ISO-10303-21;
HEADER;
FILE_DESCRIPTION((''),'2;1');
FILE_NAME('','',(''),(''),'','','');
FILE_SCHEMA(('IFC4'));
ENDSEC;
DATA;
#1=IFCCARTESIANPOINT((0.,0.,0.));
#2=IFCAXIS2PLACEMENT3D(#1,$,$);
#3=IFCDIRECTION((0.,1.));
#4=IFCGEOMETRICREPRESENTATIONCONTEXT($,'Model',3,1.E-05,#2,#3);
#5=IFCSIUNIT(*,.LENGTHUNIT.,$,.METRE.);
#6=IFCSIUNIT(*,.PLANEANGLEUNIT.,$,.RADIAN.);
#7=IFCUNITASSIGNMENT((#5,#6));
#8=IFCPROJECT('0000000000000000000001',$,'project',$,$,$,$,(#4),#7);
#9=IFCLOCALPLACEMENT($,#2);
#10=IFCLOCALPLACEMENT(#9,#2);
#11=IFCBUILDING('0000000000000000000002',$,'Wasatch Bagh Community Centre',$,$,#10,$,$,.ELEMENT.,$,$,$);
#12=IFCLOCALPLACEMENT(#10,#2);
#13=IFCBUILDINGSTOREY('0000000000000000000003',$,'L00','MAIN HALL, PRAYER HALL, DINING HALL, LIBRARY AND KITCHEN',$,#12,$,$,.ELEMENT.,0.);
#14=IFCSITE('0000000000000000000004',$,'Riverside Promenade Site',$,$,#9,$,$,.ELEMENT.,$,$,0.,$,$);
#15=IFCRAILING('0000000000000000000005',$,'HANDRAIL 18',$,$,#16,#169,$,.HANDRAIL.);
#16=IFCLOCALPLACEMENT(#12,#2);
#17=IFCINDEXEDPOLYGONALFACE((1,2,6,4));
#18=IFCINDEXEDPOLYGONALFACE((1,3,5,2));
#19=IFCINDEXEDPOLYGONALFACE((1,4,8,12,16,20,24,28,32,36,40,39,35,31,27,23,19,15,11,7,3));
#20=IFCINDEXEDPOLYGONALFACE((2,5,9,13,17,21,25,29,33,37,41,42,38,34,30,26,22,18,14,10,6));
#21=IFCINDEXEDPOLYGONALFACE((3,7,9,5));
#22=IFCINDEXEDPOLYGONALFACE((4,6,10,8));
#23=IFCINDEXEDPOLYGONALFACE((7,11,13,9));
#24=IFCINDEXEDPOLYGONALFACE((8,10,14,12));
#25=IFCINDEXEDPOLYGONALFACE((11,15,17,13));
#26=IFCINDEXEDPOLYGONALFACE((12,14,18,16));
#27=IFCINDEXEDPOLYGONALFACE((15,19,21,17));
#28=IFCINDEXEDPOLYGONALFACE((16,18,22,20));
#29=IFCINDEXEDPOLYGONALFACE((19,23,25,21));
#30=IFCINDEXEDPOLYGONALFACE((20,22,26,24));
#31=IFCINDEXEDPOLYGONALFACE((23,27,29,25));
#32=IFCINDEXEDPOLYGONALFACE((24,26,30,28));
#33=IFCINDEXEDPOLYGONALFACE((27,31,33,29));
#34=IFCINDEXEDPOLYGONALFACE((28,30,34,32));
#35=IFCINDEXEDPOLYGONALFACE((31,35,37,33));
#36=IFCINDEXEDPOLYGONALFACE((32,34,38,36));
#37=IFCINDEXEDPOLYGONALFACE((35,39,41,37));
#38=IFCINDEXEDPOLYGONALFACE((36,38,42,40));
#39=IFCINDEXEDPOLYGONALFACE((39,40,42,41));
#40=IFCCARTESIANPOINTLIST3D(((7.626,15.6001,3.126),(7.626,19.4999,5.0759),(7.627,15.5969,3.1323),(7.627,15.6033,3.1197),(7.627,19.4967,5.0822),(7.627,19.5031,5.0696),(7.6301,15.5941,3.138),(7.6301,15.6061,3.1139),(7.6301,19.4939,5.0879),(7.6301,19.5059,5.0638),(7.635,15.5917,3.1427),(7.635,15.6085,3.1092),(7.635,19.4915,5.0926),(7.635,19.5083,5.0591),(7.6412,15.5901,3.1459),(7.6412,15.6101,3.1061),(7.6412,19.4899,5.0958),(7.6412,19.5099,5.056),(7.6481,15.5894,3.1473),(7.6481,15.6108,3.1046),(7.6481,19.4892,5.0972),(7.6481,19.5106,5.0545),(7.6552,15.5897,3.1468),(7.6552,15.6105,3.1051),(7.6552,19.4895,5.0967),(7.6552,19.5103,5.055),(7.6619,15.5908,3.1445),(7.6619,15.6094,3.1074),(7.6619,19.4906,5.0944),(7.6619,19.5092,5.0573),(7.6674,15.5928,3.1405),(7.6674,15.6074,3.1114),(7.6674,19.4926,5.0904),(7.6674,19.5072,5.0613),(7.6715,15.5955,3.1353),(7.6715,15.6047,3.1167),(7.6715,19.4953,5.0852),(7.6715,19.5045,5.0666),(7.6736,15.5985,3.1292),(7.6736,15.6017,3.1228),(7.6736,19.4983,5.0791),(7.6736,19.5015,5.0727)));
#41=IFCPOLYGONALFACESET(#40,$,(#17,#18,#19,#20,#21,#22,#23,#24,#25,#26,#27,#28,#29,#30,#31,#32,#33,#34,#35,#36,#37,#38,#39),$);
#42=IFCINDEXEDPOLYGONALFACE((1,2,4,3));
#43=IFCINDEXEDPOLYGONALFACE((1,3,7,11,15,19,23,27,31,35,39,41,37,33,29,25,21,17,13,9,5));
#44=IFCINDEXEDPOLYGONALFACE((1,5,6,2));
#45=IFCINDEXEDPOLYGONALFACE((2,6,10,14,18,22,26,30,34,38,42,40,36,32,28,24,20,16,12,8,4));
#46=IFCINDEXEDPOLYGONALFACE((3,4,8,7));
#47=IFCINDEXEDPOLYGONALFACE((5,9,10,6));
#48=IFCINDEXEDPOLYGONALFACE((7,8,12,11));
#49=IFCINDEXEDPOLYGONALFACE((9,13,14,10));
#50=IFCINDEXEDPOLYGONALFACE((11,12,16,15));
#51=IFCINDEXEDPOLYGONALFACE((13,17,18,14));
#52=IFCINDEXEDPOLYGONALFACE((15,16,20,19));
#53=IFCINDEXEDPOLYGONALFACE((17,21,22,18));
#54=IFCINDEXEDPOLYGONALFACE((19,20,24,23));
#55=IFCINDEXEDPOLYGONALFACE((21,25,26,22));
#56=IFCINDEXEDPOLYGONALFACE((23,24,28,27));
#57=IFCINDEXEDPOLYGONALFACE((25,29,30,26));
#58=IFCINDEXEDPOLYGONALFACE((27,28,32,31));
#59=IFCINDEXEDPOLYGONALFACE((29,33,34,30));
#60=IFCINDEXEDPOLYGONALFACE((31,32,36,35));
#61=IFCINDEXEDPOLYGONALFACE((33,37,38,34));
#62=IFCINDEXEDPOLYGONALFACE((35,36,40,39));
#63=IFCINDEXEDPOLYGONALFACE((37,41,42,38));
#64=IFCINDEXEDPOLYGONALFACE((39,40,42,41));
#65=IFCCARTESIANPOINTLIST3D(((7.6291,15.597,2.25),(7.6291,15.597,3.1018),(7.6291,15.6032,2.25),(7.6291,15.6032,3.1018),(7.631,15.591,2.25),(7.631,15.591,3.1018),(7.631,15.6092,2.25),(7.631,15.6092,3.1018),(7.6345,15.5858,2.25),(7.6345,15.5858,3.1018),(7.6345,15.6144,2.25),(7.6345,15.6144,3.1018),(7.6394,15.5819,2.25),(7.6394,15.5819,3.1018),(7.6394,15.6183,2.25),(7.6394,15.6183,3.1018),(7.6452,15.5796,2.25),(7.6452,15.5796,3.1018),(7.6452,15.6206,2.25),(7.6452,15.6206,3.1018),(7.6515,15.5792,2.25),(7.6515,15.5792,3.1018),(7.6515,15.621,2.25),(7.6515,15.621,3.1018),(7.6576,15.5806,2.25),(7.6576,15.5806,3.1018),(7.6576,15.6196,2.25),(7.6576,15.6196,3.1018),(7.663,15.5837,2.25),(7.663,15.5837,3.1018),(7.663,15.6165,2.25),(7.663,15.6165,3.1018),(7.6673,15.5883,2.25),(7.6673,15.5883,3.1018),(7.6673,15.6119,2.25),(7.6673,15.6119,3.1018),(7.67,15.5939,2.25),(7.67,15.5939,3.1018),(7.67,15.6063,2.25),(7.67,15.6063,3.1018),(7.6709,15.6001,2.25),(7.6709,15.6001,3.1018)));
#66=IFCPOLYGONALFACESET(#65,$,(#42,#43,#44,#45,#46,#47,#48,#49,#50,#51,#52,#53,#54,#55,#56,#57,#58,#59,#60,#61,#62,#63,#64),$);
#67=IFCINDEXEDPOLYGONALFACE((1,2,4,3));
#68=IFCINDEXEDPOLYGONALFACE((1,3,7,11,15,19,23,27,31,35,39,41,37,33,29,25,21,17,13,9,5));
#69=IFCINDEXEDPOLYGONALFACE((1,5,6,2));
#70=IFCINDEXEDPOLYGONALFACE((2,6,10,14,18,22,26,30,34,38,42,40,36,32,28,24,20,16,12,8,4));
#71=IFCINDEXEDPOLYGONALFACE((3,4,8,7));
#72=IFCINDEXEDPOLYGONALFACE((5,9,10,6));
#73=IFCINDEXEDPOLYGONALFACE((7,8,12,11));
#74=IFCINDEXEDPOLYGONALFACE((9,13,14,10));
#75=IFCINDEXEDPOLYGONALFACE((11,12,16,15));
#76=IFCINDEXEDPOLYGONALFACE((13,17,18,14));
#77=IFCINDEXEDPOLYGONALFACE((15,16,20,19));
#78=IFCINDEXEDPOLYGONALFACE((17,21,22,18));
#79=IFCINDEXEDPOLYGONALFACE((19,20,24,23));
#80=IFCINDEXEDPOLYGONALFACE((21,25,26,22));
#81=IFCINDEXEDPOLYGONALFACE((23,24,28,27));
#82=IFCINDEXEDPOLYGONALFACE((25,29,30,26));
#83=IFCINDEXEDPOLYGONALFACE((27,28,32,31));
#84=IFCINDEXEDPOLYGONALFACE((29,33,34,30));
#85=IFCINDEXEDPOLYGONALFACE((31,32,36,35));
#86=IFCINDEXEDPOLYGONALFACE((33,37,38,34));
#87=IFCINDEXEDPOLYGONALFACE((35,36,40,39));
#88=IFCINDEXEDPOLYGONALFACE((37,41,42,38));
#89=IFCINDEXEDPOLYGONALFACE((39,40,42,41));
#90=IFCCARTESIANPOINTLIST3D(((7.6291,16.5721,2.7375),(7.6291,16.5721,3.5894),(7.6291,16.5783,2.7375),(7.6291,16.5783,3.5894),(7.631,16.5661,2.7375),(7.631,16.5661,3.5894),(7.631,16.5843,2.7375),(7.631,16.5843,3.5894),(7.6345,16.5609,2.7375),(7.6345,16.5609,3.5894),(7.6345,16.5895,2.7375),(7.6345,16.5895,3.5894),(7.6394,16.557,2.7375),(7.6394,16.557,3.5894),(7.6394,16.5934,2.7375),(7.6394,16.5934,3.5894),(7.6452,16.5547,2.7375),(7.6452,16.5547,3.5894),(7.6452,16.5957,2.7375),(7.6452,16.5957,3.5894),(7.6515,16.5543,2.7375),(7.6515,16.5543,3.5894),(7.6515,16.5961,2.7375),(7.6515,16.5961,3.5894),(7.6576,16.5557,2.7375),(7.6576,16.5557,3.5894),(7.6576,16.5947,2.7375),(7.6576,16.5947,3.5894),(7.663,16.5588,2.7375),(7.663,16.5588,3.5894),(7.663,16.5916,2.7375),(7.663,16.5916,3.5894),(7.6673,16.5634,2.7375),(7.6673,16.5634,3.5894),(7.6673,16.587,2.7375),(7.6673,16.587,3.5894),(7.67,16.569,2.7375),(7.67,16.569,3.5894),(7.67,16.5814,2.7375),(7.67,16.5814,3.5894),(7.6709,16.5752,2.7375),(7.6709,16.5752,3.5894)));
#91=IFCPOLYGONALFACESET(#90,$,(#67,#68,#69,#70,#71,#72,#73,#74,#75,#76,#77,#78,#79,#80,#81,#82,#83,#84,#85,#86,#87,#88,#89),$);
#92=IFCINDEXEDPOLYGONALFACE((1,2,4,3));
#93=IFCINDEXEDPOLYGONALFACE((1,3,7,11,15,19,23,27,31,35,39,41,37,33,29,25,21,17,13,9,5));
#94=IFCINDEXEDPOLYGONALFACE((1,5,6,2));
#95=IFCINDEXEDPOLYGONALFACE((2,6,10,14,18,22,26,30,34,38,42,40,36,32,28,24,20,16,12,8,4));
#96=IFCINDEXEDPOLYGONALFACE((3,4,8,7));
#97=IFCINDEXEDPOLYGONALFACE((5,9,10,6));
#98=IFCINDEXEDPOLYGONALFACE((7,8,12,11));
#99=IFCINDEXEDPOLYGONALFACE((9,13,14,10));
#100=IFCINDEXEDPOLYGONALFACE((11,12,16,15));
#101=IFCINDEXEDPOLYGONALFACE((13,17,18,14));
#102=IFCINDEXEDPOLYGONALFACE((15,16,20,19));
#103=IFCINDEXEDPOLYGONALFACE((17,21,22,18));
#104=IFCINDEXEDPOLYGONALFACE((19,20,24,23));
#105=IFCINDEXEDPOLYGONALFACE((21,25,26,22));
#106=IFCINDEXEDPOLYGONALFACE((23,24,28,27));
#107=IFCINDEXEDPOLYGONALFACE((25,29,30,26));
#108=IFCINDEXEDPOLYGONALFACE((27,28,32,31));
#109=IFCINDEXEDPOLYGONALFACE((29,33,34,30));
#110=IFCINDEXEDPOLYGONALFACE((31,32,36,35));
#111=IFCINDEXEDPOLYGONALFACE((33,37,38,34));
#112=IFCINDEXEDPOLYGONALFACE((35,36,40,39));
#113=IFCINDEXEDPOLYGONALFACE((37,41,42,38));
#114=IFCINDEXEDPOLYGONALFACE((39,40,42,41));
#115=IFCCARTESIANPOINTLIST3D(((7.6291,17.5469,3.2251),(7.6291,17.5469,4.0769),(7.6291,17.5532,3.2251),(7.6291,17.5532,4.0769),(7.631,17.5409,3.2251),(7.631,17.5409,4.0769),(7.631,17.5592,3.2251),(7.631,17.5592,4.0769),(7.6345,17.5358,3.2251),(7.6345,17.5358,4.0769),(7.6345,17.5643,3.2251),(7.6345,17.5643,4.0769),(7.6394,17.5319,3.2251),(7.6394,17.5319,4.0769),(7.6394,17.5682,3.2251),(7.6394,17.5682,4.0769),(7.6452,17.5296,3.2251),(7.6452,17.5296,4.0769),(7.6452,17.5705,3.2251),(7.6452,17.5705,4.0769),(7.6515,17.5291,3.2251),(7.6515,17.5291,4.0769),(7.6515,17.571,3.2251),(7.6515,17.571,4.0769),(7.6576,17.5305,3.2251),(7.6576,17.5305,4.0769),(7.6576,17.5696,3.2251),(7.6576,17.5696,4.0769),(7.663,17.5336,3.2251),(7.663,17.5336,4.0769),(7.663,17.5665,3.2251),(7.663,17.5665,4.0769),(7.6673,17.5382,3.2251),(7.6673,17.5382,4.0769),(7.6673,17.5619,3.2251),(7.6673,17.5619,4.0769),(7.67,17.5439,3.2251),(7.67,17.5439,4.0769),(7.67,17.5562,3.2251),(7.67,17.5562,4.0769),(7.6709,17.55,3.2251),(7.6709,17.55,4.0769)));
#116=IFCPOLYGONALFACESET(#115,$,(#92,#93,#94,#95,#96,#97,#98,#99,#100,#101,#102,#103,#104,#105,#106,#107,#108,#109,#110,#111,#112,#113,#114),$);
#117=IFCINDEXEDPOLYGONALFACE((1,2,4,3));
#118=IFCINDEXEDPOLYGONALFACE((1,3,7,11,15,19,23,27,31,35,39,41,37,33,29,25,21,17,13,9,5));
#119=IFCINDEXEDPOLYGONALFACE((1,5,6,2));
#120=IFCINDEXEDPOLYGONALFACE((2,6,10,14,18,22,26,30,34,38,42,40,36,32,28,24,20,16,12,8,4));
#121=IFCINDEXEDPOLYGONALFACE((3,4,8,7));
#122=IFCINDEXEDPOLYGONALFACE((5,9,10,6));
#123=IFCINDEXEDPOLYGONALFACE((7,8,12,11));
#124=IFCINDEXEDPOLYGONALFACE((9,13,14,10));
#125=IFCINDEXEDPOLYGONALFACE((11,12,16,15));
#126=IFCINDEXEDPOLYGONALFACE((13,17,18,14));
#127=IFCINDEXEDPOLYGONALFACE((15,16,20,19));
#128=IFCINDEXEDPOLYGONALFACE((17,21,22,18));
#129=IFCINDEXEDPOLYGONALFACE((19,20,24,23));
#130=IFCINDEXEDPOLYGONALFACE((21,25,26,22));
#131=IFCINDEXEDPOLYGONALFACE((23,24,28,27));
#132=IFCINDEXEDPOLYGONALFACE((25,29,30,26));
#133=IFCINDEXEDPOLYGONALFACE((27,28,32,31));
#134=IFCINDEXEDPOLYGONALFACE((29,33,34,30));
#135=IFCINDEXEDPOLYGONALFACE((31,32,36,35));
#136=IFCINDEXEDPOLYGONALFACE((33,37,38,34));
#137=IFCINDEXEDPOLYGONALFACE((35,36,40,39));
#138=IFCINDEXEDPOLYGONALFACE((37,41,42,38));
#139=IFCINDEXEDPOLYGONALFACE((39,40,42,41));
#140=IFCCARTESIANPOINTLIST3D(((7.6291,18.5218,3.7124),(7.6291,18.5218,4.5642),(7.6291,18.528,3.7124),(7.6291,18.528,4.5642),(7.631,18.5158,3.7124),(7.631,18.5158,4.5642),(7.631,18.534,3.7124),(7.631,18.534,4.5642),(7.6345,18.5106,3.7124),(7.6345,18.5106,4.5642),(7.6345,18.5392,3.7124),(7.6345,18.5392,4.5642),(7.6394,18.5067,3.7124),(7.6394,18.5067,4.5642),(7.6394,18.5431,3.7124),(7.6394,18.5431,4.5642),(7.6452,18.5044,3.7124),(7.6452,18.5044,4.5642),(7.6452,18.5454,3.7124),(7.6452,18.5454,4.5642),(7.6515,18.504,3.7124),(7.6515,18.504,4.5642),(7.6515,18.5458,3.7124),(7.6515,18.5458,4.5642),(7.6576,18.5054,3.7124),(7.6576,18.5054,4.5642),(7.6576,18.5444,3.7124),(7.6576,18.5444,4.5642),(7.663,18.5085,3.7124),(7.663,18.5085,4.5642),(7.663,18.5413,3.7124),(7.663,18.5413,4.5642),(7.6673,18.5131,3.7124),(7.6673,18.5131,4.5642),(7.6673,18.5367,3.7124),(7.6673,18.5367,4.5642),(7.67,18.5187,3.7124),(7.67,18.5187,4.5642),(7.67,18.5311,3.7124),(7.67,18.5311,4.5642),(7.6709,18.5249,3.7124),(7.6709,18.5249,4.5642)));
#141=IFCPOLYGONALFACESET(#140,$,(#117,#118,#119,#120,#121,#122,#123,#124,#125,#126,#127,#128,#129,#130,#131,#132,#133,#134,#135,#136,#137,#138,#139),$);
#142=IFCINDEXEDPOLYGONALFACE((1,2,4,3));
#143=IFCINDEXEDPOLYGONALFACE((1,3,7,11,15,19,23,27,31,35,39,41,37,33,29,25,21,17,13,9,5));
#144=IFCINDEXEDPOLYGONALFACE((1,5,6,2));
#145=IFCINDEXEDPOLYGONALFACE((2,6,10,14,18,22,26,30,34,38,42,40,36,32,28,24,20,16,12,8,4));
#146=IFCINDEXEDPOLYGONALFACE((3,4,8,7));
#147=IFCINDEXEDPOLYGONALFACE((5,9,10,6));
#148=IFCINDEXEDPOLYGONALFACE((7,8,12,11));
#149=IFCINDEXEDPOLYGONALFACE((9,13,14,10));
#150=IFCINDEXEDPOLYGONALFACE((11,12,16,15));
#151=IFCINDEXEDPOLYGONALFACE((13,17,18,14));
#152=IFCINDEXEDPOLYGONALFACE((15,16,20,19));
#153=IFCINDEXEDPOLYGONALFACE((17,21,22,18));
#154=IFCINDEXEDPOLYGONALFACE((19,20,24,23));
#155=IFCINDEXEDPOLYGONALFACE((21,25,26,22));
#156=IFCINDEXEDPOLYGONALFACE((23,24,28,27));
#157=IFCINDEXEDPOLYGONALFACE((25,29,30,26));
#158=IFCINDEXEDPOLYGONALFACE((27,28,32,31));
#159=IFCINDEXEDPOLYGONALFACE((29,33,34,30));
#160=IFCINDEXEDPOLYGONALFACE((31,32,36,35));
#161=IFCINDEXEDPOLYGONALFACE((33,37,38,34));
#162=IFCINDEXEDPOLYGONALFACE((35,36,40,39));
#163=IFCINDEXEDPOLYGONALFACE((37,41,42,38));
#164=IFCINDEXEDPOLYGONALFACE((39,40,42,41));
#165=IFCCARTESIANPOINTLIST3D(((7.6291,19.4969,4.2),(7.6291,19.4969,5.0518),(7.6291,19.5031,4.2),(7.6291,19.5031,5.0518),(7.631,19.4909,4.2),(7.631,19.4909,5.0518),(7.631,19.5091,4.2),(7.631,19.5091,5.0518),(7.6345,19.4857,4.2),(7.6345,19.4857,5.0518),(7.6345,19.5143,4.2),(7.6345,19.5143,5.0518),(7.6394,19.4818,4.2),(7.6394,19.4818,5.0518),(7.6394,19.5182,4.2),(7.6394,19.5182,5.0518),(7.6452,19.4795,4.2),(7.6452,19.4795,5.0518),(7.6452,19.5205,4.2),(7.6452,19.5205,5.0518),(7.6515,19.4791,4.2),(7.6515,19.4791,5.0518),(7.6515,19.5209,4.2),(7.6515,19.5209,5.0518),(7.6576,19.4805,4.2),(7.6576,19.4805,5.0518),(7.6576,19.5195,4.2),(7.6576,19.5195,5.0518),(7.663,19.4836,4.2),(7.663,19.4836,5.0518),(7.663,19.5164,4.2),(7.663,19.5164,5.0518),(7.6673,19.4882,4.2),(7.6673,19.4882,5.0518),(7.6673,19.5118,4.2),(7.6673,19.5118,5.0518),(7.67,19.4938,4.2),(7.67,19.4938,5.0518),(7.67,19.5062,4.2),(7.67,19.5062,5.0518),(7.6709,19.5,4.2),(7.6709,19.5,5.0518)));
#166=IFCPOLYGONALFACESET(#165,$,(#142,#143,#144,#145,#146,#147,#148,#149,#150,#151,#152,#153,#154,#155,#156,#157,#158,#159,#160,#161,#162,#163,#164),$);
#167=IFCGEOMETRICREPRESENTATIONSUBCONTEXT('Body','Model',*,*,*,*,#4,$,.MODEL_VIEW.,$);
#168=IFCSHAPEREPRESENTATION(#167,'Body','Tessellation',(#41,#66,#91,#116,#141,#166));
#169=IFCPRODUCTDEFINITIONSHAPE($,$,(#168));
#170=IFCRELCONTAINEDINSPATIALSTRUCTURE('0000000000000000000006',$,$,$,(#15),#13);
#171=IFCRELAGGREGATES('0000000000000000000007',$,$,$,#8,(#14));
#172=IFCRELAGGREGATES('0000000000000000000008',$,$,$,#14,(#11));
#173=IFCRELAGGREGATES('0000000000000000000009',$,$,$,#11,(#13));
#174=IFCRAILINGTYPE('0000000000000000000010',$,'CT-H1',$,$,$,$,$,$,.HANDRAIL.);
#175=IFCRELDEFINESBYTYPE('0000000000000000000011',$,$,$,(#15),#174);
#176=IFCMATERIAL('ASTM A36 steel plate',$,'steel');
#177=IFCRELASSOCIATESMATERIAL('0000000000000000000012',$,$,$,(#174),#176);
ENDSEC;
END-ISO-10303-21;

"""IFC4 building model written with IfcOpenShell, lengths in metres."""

from ifc_helpers import new_model, si_unit, direction, frame, origin, origin_2d, place, context, subcontext, project, spatial, circle, extrude, material, type_object, element, save


model = new_model("IFC4")

# Units and contexts
model_context = context("Model", 3, precision=1e-05, world=origin(), true_north=direction((0.0, 1.0)))
body_context = subcontext(model_context, "Body", "Model", "MODEL_VIEW")
ifc_project = project(units=[si_unit("LENGTHUNIT", "METRE"), si_unit("PLANEANGLEUNIT", "RADIAN")], contexts=[model_context])

# Site, building, storey
site_placement = place(None, origin())
site = spatial("IfcSite", under=ifc_project, at=site_placement, Name="Riverside Promenade Site", CompositionType="ELEMENT", RefElevation=0.0)
building_placement = place(site_placement, origin())
building = spatial("IfcBuilding", under=site, at=building_placement, Name="Wasatch Bagh Community Centre", CompositionType="ELEMENT")
storey_placement = place(building_placement, origin())
storey = spatial("IfcBuildingStorey", under=building, at=storey_placement, Name="L00", Description="MAIN HALL, PRAYER HALL, DINING HALL, LIBRARY AND KITCHEN", CompositionType="ELEMENT", Elevation=0.0)

# Railing
ifc_material_1 = material(Name="ASTM A36 steel plate", Category="steel")
railing_type_1 = type_object("IfcRailingType", Name="CT-H1", PredefinedType="HANDRAIL", material=ifc_material_1)
for number, where, name in (
    (1, (7.6499, 15.6001, 2.25), "HANDRAIL 18"),
):
    element("IfcRailing", number, at=place(storey_placement, frame(where)), inside=storey, type_object=railing_type_1, Name=name, PredefinedType="HANDRAIL", context=body_context, shape_type="SweptSolid", body=[
        extrude(circle(Radius=0.0239, at=origin_2d()), frame((0.0, 0.0, 0.876), z_axis=(0.0, 0.894427, 0.447214), x_axis=(-1.0, 0.0, 0.0)), (0.0, 0.0, 1.0), 4.3601),
        extrude(circle(Radius=0.021, at=origin_2d()), origin(), (0.0, 0.0, 1.0), 0.8518),
        extrude(circle(Radius=0.021, at=origin_2d()), frame((0.0, 0.9751, 0.4875)), (0.0, 0.0, 1.0), 0.8518),
        extrude(circle(Radius=0.021, at=origin_2d()), frame((0.0, 1.95, 0.9751)), (0.0, 0.0, 1.0), 0.8518),
        extrude(circle(Radius=0.021, at=origin_2d()), frame((0.0, 2.9248, 1.4624)), (0.0, 0.0, 1.0), 0.8518),
        extrude(circle(Radius=0.021, at=origin_2d()), frame((0.0, 3.8999, 1.95)), (0.0, 0.0, 1.0), 0.8518),
    ])

save(model, "model.ifc")
